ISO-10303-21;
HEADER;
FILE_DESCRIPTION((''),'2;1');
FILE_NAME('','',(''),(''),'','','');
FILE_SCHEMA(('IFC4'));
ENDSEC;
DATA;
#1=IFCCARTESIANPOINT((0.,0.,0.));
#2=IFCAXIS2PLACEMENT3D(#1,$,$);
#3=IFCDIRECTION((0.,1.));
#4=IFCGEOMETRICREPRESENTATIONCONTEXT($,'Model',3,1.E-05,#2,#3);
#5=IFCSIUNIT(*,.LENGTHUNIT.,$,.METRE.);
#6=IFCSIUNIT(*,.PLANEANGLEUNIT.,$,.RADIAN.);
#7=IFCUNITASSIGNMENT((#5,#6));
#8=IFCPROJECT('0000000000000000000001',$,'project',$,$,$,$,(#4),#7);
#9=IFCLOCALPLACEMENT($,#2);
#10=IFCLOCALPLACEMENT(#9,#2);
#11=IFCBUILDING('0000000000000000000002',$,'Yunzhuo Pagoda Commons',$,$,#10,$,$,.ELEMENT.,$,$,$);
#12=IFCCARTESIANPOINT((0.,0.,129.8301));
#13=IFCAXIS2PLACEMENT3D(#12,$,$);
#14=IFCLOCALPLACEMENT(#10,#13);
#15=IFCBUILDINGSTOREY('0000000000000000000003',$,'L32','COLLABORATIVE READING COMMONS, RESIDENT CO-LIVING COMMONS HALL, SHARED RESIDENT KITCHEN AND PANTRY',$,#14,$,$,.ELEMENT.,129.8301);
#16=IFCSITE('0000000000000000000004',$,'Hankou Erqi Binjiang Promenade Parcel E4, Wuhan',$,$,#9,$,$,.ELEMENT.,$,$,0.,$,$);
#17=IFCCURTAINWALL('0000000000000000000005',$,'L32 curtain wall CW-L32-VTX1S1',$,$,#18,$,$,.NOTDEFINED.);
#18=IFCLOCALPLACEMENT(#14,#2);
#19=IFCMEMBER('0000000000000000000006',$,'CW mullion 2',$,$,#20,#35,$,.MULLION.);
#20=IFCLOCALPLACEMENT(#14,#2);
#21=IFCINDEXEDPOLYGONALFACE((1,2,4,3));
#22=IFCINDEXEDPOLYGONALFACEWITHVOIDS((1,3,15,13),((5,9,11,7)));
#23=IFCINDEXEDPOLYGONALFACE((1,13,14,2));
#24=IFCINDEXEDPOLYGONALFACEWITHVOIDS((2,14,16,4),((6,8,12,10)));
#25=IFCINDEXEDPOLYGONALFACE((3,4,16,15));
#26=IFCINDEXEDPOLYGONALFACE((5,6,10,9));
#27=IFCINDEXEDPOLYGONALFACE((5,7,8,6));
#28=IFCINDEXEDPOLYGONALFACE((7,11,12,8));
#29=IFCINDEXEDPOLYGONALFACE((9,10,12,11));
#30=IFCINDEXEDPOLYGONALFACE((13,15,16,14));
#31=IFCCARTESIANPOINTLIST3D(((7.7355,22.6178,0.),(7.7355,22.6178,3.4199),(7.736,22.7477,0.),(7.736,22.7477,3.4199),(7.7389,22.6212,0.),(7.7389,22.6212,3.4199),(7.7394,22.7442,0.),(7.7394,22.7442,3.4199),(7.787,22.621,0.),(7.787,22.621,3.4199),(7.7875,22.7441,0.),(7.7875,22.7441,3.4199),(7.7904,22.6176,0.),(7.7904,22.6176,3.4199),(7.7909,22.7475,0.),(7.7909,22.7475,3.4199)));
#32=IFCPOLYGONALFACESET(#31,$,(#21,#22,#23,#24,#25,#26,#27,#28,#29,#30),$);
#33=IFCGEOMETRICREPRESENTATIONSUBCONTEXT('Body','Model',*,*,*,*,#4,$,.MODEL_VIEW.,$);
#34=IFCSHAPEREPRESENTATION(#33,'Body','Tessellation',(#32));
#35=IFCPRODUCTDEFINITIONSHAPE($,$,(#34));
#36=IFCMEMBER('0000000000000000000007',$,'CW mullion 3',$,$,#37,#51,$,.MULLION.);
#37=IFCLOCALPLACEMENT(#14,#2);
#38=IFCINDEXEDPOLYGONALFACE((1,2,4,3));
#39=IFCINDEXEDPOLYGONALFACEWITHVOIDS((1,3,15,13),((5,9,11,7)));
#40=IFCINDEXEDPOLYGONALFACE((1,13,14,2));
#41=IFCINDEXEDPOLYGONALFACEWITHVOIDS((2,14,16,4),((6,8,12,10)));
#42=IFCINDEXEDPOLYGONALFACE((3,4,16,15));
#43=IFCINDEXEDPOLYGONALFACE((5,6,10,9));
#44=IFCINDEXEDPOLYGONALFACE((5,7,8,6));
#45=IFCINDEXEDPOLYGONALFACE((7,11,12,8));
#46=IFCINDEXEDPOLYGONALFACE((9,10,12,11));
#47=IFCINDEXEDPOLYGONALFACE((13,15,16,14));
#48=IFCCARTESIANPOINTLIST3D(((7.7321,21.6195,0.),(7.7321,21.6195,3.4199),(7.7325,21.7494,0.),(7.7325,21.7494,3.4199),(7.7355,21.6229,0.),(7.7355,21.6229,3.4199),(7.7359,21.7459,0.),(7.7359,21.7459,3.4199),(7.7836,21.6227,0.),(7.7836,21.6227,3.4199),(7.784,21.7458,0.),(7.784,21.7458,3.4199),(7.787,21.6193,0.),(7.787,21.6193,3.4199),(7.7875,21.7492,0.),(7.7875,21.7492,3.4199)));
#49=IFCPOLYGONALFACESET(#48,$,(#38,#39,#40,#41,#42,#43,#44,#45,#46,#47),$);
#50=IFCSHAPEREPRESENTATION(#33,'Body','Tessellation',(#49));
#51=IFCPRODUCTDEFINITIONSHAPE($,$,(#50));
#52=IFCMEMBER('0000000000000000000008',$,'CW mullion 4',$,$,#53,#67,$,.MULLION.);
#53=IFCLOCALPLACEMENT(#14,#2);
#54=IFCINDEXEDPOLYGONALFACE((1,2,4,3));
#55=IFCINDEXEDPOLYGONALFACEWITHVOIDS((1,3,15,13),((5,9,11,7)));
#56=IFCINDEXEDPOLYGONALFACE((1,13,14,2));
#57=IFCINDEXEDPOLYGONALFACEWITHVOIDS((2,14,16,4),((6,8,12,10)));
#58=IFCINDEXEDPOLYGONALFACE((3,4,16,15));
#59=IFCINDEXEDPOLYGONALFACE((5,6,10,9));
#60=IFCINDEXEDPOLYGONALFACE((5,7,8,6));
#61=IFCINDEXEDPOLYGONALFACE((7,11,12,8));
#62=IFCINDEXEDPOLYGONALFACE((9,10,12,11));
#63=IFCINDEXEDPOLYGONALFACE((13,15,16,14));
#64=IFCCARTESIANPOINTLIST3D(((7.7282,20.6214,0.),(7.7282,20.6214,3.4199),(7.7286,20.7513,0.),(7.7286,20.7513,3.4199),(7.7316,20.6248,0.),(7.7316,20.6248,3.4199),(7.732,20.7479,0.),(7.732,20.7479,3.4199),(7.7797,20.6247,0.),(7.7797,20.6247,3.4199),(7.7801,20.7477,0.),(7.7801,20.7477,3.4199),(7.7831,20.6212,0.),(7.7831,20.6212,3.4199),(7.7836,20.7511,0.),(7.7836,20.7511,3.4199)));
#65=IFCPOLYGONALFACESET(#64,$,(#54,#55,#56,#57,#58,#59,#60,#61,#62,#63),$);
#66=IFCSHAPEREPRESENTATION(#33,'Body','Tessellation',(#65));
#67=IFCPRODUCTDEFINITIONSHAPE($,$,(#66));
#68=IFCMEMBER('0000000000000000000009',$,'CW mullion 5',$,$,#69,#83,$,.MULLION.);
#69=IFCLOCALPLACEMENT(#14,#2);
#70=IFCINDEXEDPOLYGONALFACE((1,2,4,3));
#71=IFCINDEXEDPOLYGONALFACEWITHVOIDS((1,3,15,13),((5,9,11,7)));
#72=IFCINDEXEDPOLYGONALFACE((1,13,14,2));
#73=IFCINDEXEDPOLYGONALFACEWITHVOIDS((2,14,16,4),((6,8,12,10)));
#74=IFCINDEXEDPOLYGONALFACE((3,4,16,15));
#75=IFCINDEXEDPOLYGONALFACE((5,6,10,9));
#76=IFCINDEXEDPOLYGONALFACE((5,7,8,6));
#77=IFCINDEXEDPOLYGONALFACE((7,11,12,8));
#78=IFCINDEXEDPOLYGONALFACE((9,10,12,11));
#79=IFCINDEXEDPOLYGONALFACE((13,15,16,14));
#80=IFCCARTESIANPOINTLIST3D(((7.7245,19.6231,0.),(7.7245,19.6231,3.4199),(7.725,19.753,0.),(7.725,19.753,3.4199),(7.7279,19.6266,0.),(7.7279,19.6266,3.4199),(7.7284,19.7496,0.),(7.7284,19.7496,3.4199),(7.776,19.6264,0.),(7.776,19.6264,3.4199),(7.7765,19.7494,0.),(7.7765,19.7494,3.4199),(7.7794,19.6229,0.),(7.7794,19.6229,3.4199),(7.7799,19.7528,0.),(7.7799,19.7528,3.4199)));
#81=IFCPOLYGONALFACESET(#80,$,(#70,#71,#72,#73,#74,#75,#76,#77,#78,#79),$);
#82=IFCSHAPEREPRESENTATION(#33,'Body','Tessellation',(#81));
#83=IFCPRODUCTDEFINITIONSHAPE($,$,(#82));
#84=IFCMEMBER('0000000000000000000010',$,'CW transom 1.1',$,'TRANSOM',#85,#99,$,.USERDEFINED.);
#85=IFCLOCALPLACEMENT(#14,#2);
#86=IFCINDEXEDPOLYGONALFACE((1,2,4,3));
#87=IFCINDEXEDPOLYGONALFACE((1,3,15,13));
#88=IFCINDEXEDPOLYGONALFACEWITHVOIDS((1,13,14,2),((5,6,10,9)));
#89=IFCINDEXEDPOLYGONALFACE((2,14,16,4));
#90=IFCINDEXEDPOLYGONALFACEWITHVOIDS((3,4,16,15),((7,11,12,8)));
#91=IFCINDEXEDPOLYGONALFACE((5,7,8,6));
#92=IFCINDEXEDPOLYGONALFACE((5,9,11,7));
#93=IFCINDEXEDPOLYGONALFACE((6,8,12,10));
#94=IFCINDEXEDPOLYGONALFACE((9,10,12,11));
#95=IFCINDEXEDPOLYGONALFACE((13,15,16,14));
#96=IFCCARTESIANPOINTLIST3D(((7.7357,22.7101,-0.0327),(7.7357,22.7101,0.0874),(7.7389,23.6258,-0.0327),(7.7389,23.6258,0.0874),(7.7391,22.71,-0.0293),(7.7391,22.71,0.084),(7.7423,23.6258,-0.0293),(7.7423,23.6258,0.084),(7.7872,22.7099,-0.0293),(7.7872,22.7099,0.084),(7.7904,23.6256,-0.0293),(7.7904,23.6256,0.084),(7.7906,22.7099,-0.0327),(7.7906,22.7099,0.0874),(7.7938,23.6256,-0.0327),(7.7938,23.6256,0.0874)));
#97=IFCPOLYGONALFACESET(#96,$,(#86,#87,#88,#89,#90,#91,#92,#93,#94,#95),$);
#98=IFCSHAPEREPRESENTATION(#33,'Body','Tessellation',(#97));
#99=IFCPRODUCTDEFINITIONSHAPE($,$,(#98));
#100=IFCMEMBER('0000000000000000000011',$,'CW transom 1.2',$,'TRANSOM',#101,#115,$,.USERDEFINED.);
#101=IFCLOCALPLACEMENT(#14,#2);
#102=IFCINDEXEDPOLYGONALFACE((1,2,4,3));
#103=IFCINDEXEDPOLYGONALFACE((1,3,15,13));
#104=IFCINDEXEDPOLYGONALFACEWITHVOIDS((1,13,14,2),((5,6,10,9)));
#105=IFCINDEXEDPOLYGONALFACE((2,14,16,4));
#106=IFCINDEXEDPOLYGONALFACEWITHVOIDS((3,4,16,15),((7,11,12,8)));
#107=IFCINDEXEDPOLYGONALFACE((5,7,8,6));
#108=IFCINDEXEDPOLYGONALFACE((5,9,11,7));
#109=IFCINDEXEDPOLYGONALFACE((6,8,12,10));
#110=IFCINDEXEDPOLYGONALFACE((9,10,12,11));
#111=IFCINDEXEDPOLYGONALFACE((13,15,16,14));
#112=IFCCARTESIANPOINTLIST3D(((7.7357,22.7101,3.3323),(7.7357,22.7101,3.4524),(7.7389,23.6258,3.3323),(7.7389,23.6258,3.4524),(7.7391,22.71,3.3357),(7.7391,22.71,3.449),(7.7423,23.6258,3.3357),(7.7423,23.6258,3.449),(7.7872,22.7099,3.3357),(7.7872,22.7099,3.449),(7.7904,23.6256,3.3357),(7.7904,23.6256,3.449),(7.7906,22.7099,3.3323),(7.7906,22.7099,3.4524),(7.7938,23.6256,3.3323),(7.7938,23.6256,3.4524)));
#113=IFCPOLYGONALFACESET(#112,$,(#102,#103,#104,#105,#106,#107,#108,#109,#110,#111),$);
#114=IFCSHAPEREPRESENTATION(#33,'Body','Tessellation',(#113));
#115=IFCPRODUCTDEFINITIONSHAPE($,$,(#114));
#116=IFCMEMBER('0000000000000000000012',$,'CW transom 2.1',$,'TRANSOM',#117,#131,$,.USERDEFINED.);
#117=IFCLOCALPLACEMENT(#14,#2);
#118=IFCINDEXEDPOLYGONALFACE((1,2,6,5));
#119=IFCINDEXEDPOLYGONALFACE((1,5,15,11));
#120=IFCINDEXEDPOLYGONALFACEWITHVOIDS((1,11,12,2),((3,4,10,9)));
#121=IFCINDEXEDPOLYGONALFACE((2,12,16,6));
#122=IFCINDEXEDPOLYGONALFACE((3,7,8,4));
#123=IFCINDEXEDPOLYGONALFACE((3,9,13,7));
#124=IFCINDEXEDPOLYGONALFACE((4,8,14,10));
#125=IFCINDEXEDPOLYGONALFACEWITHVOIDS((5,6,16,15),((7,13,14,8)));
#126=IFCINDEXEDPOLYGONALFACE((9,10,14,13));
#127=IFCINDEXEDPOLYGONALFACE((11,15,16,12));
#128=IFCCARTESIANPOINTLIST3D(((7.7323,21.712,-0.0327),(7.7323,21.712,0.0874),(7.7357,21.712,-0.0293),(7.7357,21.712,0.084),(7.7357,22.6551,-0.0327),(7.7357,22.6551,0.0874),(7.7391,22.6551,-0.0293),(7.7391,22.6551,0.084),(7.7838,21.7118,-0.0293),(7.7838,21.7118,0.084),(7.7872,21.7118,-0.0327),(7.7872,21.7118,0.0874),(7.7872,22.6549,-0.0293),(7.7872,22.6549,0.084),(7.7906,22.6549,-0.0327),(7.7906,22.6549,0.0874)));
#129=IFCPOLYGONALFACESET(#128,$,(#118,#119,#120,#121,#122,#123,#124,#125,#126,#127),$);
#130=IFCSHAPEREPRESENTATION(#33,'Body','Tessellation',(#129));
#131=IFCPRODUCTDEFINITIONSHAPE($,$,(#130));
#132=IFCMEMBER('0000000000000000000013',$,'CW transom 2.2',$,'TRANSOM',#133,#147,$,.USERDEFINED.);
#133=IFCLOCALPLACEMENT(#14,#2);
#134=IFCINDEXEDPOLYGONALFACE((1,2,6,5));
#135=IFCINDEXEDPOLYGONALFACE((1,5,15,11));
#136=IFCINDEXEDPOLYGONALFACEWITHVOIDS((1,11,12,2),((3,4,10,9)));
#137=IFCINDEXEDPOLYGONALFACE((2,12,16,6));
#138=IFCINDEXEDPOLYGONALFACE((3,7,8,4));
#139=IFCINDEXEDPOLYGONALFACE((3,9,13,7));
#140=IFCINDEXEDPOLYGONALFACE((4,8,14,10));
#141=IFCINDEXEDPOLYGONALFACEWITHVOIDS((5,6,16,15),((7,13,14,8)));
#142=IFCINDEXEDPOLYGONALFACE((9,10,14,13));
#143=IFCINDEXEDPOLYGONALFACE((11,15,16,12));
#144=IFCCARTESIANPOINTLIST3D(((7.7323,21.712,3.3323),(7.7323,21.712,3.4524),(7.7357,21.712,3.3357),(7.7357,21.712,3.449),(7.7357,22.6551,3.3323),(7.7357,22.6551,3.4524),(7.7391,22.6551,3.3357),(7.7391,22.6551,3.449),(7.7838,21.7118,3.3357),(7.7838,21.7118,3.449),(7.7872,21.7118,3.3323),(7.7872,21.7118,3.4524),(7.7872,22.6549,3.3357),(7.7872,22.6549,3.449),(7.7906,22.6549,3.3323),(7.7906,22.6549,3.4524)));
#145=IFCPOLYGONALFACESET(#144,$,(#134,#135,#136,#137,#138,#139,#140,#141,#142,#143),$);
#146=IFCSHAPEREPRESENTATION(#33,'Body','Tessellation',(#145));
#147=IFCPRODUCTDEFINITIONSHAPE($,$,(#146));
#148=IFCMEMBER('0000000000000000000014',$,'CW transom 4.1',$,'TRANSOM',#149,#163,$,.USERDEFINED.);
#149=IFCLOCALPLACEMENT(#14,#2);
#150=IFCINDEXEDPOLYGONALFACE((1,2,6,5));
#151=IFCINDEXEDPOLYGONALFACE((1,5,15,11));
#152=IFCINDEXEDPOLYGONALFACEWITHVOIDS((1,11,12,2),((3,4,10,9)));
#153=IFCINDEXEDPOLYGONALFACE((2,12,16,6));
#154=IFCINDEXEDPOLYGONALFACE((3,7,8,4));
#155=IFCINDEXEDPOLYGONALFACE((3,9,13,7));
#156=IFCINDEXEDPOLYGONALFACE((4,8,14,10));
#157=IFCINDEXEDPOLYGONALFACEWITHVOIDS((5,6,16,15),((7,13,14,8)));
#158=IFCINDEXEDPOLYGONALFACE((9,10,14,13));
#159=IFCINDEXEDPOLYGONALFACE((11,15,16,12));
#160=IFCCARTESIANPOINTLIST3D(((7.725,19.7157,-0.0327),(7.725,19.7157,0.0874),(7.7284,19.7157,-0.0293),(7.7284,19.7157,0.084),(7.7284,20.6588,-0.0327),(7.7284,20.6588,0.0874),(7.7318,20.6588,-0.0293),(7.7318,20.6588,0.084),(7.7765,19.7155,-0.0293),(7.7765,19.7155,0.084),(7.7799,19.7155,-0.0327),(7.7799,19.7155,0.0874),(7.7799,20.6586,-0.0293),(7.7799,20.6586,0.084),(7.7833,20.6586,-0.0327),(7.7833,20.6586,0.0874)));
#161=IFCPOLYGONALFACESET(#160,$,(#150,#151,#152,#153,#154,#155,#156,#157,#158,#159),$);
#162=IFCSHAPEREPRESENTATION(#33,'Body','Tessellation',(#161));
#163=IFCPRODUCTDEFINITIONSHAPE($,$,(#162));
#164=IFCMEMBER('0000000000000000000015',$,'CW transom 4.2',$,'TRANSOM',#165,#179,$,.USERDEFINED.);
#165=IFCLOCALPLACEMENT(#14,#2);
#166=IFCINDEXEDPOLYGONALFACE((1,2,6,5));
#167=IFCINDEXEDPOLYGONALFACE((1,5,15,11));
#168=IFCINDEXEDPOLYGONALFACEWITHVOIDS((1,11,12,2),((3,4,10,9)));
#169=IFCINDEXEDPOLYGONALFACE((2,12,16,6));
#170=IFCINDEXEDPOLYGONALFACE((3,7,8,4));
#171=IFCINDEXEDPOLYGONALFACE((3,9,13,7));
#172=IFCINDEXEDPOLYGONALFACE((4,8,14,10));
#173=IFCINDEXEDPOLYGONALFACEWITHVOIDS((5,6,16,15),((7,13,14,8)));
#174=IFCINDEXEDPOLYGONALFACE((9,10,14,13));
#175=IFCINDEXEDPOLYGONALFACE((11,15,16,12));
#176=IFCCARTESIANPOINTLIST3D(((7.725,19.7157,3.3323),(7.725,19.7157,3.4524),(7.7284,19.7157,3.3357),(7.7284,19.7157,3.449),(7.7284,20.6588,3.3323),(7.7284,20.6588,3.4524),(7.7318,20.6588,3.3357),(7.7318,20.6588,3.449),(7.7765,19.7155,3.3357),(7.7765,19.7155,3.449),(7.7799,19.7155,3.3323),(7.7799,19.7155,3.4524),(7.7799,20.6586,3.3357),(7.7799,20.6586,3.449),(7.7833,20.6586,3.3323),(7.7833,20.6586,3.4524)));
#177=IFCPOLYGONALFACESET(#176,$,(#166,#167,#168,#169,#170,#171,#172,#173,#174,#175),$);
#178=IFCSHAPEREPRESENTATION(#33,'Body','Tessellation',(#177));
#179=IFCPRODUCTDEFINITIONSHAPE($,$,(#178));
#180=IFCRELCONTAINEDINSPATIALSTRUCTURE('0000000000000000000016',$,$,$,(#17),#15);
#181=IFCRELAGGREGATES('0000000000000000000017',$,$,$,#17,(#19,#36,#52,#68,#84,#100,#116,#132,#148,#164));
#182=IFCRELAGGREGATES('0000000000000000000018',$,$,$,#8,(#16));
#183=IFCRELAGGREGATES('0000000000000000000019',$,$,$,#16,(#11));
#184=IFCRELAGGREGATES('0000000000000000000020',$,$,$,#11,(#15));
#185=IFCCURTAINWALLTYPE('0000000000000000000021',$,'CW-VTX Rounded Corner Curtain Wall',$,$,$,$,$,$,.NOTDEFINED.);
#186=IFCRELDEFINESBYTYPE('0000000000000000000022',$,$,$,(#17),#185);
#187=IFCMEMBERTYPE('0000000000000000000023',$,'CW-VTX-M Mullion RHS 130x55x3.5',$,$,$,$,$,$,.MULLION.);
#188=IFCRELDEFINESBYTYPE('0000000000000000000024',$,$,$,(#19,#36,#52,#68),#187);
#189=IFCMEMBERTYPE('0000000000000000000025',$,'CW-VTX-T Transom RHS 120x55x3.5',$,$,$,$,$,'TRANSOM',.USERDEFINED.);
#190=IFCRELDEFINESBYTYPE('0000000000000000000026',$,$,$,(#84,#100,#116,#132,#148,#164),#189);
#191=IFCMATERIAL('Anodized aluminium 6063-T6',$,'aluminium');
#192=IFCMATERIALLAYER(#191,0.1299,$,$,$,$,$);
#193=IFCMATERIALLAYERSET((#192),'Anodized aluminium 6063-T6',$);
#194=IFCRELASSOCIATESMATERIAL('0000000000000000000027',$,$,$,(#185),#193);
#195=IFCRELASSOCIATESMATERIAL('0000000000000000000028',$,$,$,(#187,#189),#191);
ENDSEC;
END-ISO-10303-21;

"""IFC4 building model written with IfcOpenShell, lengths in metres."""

from ifc_helpers import new_model, si_unit, direction, frame, origin, origin_2d, place, context, subcontext, project, spatial, hollow_rectangle, extrude, source, transform, mapped, material, layer, layer_set, material_profile, profile_set, type_object, element, aggregate, save


model = new_model("IFC4")

# Units and contexts
model_context = context("Model", 3, precision=1e-05, world=origin(), true_north=direction((0.0, 1.0)))
body_context = subcontext(model_context, "Body", "Model", "MODEL_VIEW")
ifc_project = project(units=[si_unit("LENGTHUNIT", "METRE"), si_unit("PLANEANGLEUNIT", "RADIAN")], contexts=[model_context])

# Site, building, storey
site_placement = place(None, origin())
site = spatial("IfcSite", under=ifc_project, at=site_placement, Name="Hankou Erqi Binjiang Promenade Parcel E4, Wuhan", CompositionType="ELEMENT", RefElevation=0.0)
building_placement = place(site_placement, origin())
building = spatial("IfcBuilding", under=site, at=building_placement, Name="Yunzhuo Pagoda Commons", CompositionType="ELEMENT")
storey_placement = place(building_placement, frame((0.0, 0.0, 129.8301)))
storey = spatial("IfcBuildingStorey", under=building, at=storey_placement, Name="L32", Description="COLLABORATIVE READING COMMONS, RESIDENT CO-LIVING COMMONS HALL, SHARED RESIDENT KITCHEN AND PANTRY", CompositionType="ELEMENT", Elevation=129.8301)

# Shared definitions
ifc_material_1 = material(Name="Anodized aluminium 6063-T6", Category="aluminium")

# Curtain wall, members
ifc_layer_1 = layer(ifc_material_1, 0.1299)
ifc_layer_set_1 = layer_set([ifc_layer_1], Name="Anodized aluminium 6063-T6")
curtain_wall_type_1 = type_object("IfcCurtainWallType", Name="CW-VTX Rounded Corner Curtain Wall", PredefinedType="NOTDEFINED", material=ifc_layer_set_1)
curtain_wall_1_placement = place(storey_placement, origin())
curtain_wall_1 = element("IfcCurtainWall", 1, at=curtain_wall_1_placement, inside=storey, type_object=curtain_wall_type_1, Name="L32 curtain wall CW-L32-VTX1S1", PredefinedType="NOTDEFINED")
ifc_material_profile_1 = material_profile(ifc_material_1, hollow_rectangle(XDim=0.0549, YDim=0.1299, WallThickness=0.0034, at=origin_2d()), Name="Anodized aluminium 6063-T6")
ifc_profile_set_1 = profile_set([ifc_material_profile_1], Name="Anodized aluminium 6063-T6")
member_type_1 = type_object("IfcMemberType", Name="CW-VTX-M Mullion RHS 130x55x3.5", PredefinedType="MULLION", material=ifc_profile_set_1)
shared_shape_1 = source(origin(), body_context, "Body", "SweptSolid", [
    extrude(hollow_rectangle(XDim=0.0549, YDim=0.1299, WallThickness=0.0034, at=origin_2d()), origin(), (0.0, 0.0, 1.0), 3.4199),
])
member_1_placement = place(storey_placement, frame((7.7632, 22.6826, 0.0), z_axis=(0.0, 0.0, 1.0), x_axis=(0.999994, -0.003587, 0.0)))
member_1 = element("IfcMember", 2, at=member_1_placement, type_object=member_type_1, Name="CW mullion 2", PredefinedType="MULLION", context=body_context, shape_type="MappedRepresentation", body=[
    mapped(shared_shape_1, transform((0.0, 0.0, 0.0), scale=1.0)),
])
member_2_placement = place(storey_placement, frame((7.7598, 21.6843, 0.0), z_axis=(0.0, 0.0, 1.0), x_axis=(0.999994, -0.003587, 0.0)))
member_2 = element("IfcMember", 3, at=member_2_placement, type_object=member_type_1, Name="CW mullion 3", PredefinedType="MULLION", context=body_context, shape_type="MappedRepresentation", body=[
    mapped(shared_shape_1, transform((0.0, 0.0, 0.0), scale=1.0)),
])
member_3_placement = place(storey_placement, frame((7.7559, 20.6863, 0.0), z_axis=(0.0, 0.0, 1.0), x_axis=(0.999994, -0.003587, 0.0)))
member_3 = element("IfcMember", 4, at=member_3_placement, type_object=member_type_1, Name="CW mullion 4", PredefinedType="MULLION", context=body_context, shape_type="MappedRepresentation", body=[
    mapped(shared_shape_1, transform((0.0, 0.0, 0.0), scale=1.0)),
])
member_4_placement = place(storey_placement, frame((7.7522, 19.688, 0.0), z_axis=(0.0, 0.0, 1.0), x_axis=(0.999994, -0.003587, 0.0)))
member_4 = element("IfcMember", 5, at=member_4_placement, type_object=member_type_1, Name="CW mullion 5", PredefinedType="MULLION", context=body_context, shape_type="MappedRepresentation", body=[
    mapped(shared_shape_1, transform((0.0, 0.0, 0.0), scale=1.0)),
])
ifc_material_profile_2 = material_profile(ifc_material_1, hollow_rectangle(XDim=0.0549, YDim=0.1201, WallThickness=0.0034, at=origin_2d()), Name="Anodized aluminium 6063-T6")
ifc_profile_set_2 = profile_set([ifc_material_profile_2], Name="Anodized aluminium 6063-T6")
member_type_2 = type_object("IfcMemberType", Name="CW-VTX-T Transom RHS 120x55x3.5", ElementType="TRANSOM", PredefinedType="USERDEFINED", material=ifc_profile_set_2)
shared_shape_2 = source(origin(), body_context, "Body", "SweptSolid", [
    extrude(hollow_rectangle(XDim=0.0549, YDim=0.1201, WallThickness=0.0034, at=origin_2d()), origin(), (0.0, 0.0, 1.0), 0.9158),
])
member_5_placement = place(storey_placement, frame((7.7664, 23.6257, 0.0273), z_axis=(-0.003466, -0.999994, 0.0), x_axis=(0.999994, -0.003466, 0.0)))
member_5 = element("IfcMember", 6, at=member_5_placement, type_object=member_type_2, Name="CW transom 1.1", ObjectType="TRANSOM", PredefinedType="USERDEFINED", context=body_context, shape_type="MappedRepresentation", body=[
    mapped(shared_shape_2, transform((0.0, 0.0, 0.0), scale=1.0)),
])
member_6_placement = place(storey_placement, frame((7.7664, 23.6257, 3.3923), z_axis=(-0.003466, -0.999994, 0.0), x_axis=(0.999994, -0.003466, 0.0)))
member_6 = element("IfcMember", 7, at=member_6_placement, type_object=member_type_2, Name="CW transom 1.2", ObjectType="TRANSOM", PredefinedType="USERDEFINED", context=body_context, shape_type="MappedRepresentation", body=[
    mapped(shared_shape_2, transform((0.0, 0.0, 0.0), scale=1.0)),
])
shared_shape_3 = source(origin(), body_context, "Body", "SweptSolid", [
    extrude(hollow_rectangle(XDim=0.0549, YDim=0.1201, WallThickness=0.0034, at=origin_2d()), origin(), (0.0, 0.0, 1.0), 0.9431),
])
member_7_placement = place(storey_placement, frame((7.7632, 22.655, 0.0273), z_axis=(-0.003624, -0.999993, 0.0), x_axis=(0.999993, -0.003624, 0.0)))
member_7 = element("IfcMember", 8, at=member_7_placement, type_object=member_type_2, Name="CW transom 2.1", ObjectType="TRANSOM", PredefinedType="USERDEFINED", context=body_context, shape_type="MappedRepresentation", body=[
    mapped(shared_shape_3, transform((0.0, 0.0, 0.0), scale=1.0)),
])
member_8_placement = place(storey_placement, frame((7.7632, 22.655, 3.3923), z_axis=(-0.003624, -0.999993, 0.0), x_axis=(0.999993, -0.003624, 0.0)))
member_8 = element("IfcMember", 9, at=member_8_placement, type_object=member_type_2, Name="CW transom 2.2", ObjectType="TRANSOM", PredefinedType="USERDEFINED", context=body_context, shape_type="MappedRepresentation", body=[
    mapped(shared_shape_3, transform((0.0, 0.0, 0.0), scale=1.0)),
])
member_9_placement = place(storey_placement, frame((7.7559, 20.6587, 0.0273), z_axis=(-0.003624, -0.999993, 0.0), x_axis=(0.999993, -0.003624, 0.0)))
member_9 = element("IfcMember", 10, at=member_9_placement, type_object=member_type_2, Name="CW transom 4.1", ObjectType="TRANSOM", PredefinedType="USERDEFINED", context=body_context, shape_type="MappedRepresentation", body=[
    mapped(shared_shape_3, transform((0.0, 0.0, 0.0), scale=1.0)),
])
member_10_placement = place(storey_placement, frame((7.7559, 20.6587, 3.3923), z_axis=(-0.003624, -0.999993, 0.0), x_axis=(0.999993, -0.003624, 0.0)))
member_10 = element("IfcMember", 11, at=member_10_placement, type_object=member_type_2, Name="CW transom 4.2", ObjectType="TRANSOM", PredefinedType="USERDEFINED", context=body_context, shape_type="MappedRepresentation", body=[
    mapped(shared_shape_3, transform((0.0, 0.0, 0.0), scale=1.0)),
])

aggregate(curtain_wall_1, [member_1, member_2, member_3, member_4, member_5, member_6, member_7, member_8, member_9, member_10])

save(model, "model.ifc")
